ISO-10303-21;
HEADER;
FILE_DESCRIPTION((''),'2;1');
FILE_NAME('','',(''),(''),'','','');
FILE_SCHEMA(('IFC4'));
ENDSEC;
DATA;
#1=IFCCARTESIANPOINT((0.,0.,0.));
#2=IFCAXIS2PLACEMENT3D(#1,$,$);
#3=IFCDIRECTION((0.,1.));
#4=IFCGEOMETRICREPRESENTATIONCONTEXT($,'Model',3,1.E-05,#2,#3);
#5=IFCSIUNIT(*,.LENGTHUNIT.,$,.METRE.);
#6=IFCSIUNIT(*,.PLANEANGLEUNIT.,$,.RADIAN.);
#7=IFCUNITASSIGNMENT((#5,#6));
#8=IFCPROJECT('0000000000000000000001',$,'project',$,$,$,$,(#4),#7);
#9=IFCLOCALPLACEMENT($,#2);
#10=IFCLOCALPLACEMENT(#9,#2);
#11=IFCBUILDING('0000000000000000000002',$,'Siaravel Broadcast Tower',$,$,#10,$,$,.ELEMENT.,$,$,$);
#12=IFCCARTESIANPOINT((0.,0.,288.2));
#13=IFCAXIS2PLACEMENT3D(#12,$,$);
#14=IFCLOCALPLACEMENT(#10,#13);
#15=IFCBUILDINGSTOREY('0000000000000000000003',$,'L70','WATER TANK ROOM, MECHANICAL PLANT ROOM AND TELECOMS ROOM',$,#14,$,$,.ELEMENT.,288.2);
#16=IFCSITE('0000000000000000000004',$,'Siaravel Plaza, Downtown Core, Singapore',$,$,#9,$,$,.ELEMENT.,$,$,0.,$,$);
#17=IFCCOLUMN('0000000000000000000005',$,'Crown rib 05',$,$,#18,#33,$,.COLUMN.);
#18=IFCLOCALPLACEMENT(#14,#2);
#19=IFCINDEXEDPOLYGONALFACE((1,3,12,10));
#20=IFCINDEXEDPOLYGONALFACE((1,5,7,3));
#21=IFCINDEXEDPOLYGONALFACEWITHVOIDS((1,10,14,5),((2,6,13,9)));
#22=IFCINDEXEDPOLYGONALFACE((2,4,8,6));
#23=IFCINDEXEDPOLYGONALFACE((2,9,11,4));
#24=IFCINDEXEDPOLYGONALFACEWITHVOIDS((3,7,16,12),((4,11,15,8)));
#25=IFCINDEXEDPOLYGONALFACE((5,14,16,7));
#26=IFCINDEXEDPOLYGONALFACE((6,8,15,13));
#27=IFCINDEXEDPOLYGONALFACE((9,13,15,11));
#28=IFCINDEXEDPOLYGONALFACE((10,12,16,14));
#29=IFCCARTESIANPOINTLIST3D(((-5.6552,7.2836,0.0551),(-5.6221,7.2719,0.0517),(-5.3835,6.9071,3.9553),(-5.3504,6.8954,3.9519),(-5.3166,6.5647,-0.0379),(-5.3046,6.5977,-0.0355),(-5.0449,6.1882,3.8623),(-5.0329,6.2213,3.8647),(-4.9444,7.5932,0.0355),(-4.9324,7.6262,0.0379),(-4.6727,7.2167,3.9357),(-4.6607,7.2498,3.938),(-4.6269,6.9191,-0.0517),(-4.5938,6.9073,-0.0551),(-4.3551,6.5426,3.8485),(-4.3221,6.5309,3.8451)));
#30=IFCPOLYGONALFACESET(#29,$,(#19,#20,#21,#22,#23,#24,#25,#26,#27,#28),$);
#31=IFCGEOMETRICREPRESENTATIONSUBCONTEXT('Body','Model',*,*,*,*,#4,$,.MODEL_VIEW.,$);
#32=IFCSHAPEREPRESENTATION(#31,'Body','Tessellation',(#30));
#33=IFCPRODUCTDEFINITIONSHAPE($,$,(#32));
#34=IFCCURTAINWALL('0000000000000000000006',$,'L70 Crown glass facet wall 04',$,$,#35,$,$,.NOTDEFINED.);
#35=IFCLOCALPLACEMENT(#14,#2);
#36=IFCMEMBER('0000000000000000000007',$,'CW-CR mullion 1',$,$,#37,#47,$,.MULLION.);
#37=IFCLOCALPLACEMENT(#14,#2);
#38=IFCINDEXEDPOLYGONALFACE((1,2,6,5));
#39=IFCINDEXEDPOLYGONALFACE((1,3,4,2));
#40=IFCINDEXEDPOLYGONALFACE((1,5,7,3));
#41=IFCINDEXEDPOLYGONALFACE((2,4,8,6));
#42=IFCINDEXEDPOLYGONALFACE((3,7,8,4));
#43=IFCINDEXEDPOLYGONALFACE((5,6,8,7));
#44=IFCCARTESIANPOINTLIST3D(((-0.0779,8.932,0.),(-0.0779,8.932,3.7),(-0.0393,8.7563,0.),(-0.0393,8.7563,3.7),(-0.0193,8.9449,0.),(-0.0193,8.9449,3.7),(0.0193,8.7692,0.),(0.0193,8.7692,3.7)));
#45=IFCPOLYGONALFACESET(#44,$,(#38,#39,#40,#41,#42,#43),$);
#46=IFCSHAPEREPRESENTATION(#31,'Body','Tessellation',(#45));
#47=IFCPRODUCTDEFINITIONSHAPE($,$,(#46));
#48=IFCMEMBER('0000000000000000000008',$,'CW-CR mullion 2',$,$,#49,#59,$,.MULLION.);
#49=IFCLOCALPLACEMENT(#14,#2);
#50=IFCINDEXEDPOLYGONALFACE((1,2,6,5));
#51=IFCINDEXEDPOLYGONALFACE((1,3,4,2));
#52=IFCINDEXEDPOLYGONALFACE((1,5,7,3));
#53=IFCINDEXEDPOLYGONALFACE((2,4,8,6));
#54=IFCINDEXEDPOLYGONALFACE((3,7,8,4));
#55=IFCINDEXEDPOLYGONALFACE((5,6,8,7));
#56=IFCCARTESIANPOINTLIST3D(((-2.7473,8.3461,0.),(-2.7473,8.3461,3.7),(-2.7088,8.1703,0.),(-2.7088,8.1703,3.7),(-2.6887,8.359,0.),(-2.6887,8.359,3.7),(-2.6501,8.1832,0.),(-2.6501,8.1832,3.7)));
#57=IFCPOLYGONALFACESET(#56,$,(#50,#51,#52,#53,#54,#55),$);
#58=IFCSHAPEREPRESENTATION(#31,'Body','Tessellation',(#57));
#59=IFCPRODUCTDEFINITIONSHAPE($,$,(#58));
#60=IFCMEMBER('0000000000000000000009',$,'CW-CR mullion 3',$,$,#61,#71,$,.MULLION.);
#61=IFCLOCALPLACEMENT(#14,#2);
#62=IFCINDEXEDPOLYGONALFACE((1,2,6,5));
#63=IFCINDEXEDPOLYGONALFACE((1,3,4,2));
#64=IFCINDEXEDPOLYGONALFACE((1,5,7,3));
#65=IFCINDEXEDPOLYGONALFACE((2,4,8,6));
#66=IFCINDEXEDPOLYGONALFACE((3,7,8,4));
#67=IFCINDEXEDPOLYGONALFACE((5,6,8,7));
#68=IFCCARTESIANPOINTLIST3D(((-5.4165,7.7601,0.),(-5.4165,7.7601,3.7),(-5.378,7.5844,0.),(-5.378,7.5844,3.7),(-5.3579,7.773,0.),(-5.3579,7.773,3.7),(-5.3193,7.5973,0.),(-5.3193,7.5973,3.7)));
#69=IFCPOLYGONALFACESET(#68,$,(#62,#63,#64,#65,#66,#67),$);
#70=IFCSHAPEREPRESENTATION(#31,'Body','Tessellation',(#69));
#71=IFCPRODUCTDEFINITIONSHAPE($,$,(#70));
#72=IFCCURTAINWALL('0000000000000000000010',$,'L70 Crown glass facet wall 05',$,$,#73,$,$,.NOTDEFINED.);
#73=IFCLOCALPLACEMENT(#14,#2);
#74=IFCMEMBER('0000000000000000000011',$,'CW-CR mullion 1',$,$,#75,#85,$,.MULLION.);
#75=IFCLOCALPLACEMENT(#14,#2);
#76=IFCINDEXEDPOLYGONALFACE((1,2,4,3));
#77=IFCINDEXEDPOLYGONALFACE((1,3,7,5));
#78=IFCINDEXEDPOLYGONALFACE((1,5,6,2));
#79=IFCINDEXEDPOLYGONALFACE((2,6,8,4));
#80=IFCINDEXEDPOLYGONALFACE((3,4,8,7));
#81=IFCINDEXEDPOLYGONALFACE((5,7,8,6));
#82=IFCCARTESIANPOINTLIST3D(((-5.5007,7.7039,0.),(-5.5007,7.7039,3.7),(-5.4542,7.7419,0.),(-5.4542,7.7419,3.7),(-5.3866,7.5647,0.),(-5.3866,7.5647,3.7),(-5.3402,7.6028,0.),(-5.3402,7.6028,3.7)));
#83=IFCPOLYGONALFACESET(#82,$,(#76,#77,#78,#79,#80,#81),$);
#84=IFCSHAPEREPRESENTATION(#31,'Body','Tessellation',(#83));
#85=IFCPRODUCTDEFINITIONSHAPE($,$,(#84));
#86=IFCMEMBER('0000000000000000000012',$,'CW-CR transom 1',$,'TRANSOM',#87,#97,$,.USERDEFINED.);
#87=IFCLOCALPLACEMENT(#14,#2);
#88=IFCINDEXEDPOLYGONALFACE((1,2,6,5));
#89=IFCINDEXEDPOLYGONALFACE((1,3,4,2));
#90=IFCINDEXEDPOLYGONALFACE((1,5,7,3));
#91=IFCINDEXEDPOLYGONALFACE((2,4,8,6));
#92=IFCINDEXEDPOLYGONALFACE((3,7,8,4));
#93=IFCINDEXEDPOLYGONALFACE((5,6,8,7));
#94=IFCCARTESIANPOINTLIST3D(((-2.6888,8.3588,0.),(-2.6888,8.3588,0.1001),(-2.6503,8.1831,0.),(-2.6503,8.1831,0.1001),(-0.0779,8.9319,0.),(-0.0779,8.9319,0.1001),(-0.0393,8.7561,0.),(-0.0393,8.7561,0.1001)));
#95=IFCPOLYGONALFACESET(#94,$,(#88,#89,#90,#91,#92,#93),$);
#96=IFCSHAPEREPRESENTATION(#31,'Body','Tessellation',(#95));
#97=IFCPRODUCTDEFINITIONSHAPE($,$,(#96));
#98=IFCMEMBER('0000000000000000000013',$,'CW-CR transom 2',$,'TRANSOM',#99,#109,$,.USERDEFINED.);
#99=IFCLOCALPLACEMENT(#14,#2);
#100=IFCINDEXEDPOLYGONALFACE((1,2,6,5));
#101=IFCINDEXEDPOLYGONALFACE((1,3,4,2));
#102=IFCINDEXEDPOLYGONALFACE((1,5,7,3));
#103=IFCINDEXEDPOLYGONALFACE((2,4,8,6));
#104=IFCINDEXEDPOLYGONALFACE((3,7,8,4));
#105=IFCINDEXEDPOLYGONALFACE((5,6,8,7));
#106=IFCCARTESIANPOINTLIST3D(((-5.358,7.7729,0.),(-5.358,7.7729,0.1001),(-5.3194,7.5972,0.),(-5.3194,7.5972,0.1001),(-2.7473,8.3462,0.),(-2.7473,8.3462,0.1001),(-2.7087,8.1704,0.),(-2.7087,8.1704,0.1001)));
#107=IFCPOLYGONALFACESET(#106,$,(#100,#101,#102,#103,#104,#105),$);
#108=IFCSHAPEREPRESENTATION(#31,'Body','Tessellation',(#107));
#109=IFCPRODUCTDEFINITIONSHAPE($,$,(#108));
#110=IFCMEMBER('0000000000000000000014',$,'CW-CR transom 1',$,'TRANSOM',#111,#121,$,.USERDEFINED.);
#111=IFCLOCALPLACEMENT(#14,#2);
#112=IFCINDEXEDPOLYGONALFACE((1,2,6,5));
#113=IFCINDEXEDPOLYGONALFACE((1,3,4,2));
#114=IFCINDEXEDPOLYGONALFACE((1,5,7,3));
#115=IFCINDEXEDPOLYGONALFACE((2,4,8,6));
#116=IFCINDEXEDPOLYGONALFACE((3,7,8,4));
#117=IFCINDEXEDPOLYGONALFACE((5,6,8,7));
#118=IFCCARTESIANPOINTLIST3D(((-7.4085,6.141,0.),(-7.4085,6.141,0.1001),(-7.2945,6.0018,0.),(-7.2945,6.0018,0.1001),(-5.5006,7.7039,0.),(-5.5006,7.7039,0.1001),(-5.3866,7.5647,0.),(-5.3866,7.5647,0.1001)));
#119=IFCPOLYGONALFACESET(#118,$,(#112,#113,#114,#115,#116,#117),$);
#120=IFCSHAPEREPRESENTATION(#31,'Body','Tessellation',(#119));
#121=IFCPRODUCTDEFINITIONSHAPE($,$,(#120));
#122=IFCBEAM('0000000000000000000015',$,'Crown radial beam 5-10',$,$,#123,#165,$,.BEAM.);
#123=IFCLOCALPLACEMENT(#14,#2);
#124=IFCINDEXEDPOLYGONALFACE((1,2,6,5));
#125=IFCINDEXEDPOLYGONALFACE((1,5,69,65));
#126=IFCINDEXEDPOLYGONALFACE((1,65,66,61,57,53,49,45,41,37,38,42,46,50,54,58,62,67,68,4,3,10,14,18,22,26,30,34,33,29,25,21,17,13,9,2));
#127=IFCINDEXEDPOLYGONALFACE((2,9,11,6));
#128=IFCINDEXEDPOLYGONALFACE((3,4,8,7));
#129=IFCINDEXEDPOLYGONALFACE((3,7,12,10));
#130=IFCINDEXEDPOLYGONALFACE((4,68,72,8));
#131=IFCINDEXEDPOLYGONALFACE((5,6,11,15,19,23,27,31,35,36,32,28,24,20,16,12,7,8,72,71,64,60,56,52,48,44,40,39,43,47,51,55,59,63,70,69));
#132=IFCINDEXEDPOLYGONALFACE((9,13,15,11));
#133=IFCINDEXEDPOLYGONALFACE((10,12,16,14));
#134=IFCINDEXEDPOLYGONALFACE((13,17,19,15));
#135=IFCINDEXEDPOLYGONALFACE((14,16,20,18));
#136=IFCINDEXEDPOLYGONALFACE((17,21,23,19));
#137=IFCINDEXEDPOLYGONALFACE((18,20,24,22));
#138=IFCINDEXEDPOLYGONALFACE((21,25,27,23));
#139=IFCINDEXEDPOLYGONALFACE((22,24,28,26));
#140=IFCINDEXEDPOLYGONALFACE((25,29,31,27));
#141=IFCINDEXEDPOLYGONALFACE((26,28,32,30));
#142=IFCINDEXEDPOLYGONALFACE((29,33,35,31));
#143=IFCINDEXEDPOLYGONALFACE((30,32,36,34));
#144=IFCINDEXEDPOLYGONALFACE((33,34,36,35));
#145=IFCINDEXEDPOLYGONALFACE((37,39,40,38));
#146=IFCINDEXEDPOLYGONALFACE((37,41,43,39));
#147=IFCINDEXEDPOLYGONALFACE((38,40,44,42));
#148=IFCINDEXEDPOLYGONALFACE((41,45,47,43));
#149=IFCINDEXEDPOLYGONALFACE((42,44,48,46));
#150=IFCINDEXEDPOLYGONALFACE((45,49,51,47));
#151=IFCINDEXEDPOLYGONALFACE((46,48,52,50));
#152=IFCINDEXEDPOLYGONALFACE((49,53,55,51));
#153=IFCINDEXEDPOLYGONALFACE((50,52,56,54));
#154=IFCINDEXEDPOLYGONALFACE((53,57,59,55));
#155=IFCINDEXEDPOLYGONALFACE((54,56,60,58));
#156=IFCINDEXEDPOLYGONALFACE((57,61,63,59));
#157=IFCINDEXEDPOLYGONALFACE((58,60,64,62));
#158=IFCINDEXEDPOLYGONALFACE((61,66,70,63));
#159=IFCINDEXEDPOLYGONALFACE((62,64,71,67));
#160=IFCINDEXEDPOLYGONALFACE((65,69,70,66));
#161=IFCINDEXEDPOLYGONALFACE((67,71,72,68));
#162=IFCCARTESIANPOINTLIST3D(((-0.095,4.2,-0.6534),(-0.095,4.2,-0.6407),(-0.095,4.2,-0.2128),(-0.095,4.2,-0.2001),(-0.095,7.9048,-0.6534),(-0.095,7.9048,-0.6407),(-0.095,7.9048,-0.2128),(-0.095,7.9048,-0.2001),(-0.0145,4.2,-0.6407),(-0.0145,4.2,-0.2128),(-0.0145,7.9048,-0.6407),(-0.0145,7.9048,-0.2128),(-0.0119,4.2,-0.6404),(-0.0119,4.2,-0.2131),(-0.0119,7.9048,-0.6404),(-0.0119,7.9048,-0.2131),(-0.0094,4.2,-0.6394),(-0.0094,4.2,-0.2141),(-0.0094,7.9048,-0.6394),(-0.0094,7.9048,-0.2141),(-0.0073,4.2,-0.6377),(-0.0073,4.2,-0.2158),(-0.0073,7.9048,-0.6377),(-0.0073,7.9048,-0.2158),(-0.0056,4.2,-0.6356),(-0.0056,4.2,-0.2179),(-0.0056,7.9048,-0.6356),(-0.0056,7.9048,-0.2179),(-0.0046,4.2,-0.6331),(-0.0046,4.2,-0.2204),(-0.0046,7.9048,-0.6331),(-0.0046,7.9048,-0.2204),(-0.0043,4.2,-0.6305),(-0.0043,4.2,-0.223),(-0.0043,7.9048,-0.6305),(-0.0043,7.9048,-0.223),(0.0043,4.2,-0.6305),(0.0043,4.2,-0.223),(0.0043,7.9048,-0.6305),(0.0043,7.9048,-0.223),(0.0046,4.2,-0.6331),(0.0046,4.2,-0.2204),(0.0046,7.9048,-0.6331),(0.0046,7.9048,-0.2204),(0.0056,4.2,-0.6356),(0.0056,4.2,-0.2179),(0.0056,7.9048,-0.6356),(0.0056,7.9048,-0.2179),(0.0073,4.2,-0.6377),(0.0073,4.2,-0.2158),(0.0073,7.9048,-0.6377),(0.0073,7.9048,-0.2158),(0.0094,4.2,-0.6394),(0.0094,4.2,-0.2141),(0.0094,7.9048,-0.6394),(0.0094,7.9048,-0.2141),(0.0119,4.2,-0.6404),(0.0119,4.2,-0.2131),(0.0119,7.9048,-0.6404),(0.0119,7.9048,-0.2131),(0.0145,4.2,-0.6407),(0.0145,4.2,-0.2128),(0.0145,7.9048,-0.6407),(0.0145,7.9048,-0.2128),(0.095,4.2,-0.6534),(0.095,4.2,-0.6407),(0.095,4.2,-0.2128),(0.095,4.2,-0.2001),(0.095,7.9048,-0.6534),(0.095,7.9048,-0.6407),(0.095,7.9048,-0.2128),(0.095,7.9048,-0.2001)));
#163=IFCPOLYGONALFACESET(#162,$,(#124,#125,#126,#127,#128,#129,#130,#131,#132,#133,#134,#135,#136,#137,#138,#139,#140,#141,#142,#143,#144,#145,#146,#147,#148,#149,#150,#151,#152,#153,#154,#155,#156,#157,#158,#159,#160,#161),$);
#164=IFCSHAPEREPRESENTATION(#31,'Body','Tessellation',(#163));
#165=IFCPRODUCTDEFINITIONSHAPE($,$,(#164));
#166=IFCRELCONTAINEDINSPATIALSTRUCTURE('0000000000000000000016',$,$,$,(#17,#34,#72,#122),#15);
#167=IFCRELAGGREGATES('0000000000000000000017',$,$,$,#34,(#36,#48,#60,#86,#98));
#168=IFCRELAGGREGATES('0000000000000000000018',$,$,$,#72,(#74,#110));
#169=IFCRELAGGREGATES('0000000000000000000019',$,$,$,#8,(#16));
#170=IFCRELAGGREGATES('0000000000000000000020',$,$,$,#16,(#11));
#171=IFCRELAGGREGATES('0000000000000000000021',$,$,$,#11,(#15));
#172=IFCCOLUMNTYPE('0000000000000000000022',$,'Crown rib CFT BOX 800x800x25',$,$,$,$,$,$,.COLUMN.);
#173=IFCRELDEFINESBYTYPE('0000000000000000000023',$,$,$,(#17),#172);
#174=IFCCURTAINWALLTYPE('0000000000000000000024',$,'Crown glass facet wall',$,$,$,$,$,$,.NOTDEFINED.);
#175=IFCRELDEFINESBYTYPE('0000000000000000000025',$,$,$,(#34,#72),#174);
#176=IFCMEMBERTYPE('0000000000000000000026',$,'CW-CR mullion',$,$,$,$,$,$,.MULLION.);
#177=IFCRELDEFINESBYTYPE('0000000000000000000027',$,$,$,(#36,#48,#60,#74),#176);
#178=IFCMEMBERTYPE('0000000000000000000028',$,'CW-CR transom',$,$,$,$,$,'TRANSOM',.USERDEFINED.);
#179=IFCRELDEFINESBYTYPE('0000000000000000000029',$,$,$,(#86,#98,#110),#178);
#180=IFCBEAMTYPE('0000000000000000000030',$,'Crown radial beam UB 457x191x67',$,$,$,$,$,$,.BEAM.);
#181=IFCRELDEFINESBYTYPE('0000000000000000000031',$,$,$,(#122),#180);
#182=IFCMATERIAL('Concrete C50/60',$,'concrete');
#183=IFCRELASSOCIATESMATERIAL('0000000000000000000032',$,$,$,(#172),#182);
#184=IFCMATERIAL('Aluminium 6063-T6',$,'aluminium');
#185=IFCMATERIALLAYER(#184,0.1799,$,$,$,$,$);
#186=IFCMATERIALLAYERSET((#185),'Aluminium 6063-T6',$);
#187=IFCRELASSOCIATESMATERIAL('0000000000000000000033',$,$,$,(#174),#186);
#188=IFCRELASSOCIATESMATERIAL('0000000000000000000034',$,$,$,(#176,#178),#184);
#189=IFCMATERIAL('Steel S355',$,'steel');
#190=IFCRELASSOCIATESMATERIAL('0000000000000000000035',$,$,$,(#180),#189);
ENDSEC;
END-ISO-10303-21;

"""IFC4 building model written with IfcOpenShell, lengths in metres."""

from ifc_helpers import new_model, si_unit, direction, frame, origin, origin_2d, place, context, subcontext, project, spatial, rectangle, hollow_rectangle, i_section, extrude, material, layer, layer_set, material_profile, profile_set, type_object, element, aggregate, save


model = new_model("IFC4")

# Units and contexts
model_context = context("Model", 3, precision=1e-05, world=origin(), true_north=direction((0.0, 1.0)))
body_context = subcontext(model_context, "Body", "Model", "MODEL_VIEW")
ifc_project = project(units=[si_unit("LENGTHUNIT", "METRE"), si_unit("PLANEANGLEUNIT", "RADIAN")], contexts=[model_context])

# Site, building, storey
site_placement = place(None, origin())
site = spatial("IfcSite", under=ifc_project, at=site_placement, Name="Siaravel Plaza, Downtown Core, Singapore", CompositionType="ELEMENT", RefElevation=0.0)
building_placement = place(site_placement, origin())
building = spatial("IfcBuilding", under=site, at=building_placement, Name="Siaravel Broadcast Tower", CompositionType="ELEMENT")
storey_placement = place(building_placement, frame((0.0, 0.0, 288.2)))
storey = spatial("IfcBuildingStorey", under=building, at=storey_placement, Name="L70", Description="WATER TANK ROOM, MECHANICAL PLANT ROOM AND TELECOMS ROOM", CompositionType="ELEMENT", Elevation=288.2)

# Column
ifc_material_1 = material(Name="Concrete C50/60", Category="concrete")
ifc_material_profile_1 = material_profile(ifc_material_1, hollow_rectangle(XDim=0.8, YDim=0.8, WallThickness=0.0249, at=origin_2d()))
ifc_profile_set_1 = profile_set([ifc_material_profile_1], Name="Concrete C50/60")
column_type = type_object("IfcColumnType", Name="Crown rib CFT BOX 800x800x25", PredefinedType="COLUMN", material=ifc_profile_set_1)
column_placement = place(storey_placement, frame((-5.1245, 7.0955, 0.0), z_axis=(0.069183, -0.095849, 0.992989), x_axis=(0.903382, 0.428292, -0.021599)))
element("IfcColumn", 1, at=column_placement, inside=storey, type_object=column_type, Name="Crown rib 05", PredefinedType="COLUMN", context=body_context, shape_type="SweptSolid", body=[
    extrude(hollow_rectangle(XDim=0.8, YDim=0.8, WallThickness=0.0249, at=origin_2d()), origin(), (0.0, 0.0, 1.0), 3.9277),
])

# Curtain wall, members
ifc_material_2 = material(Name="Aluminium 6063-T6", Category="aluminium")
ifc_layer_1 = layer(ifc_material_2, 0.1799)
ifc_layer_set_1 = layer_set([ifc_layer_1], Name="Aluminium 6063-T6")
curtain_wall_type = type_object("IfcCurtainWallType", Name="Crown glass facet wall", PredefinedType="NOTDEFINED", material=ifc_layer_set_1)
curtain_wall_1_placement = place(storey_placement, origin())
curtain_wall_1 = element("IfcCurtainWall", 2, at=curtain_wall_1_placement, inside=storey, type_object=curtain_wall_type, Name="L70 Crown glass facet wall 04", PredefinedType="NOTDEFINED")
ifc_material_profile_2 = material_profile(ifc_material_2, rectangle(XDim=0.1799, YDim=0.0601, at=origin_2d()))
ifc_profile_set_2 = profile_set([ifc_material_profile_2], Name="Aluminium 6063-T6")
member_type_1 = type_object("IfcMemberType", Name="CW-CR mullion", PredefinedType="MULLION", material=ifc_profile_set_2)
member_1_placement = place(storey_placement, frame((-0.0293, 8.8506, 0.0), z_axis=(0.0, 0.0, 1.0), x_axis=(0.214396, -0.976747, 0.0)))
member_1 = element("IfcMember", 3, at=member_1_placement, type_object=member_type_1, Name="CW-CR mullion 1", PredefinedType="MULLION", context=body_context, shape_type="SweptSolid", body=[
    extrude(rectangle(XDim=0.1799, YDim=0.0601, at=origin_2d()), origin(), (0.0, 0.0, 1.0), 3.7),
])
member_2_placement = place(storey_placement, frame((-2.6987, 8.2646, 0.0), z_axis=(0.0, 0.0, 1.0), x_axis=(0.214396, -0.976747, 0.0)))
member_2 = element("IfcMember", 4, at=member_2_placement, type_object=member_type_1, Name="CW-CR mullion 2", PredefinedType="MULLION", context=body_context, shape_type="SweptSolid", body=[
    extrude(rectangle(XDim=0.1799, YDim=0.0601, at=origin_2d()), origin(), (0.0, 0.0, 1.0), 3.7),
])
member_3_placement = place(storey_placement, frame((-5.3679, 7.6787, 0.0), z_axis=(0.0, 0.0, 1.0), x_axis=(0.214396, -0.976747, 0.0)))
member_3 = element("IfcMember", 5, at=member_3_placement, type_object=member_type_1, Name="CW-CR mullion 3", PredefinedType="MULLION", context=body_context, shape_type="SweptSolid", body=[
    extrude(rectangle(XDim=0.1799, YDim=0.0601, at=origin_2d()), origin(), (0.0, 0.0, 1.0), 3.7),
])

# Curtain wall, member
curtain_wall_2_placement = place(storey_placement, origin())
curtain_wall_2 = element("IfcCurtainWall", 6, at=curtain_wall_2_placement, inside=storey, type_object=curtain_wall_type, Name="L70 Crown glass facet wall 05", PredefinedType="NOTDEFINED")
member_4_placement = place(storey_placement, frame((-5.4204, 7.6533, 0.0), z_axis=(0.0, 0.0, 1.0), x_axis=(0.633718, -0.773564, 0.0)))
member_4 = element("IfcMember", 7, at=member_4_placement, type_object=member_type_1, Name="CW-CR mullion 1", PredefinedType="MULLION", context=body_context, shape_type="SweptSolid", body=[
    extrude(rectangle(XDim=0.1799, YDim=0.0601, at=origin_2d()), origin(), (0.0, 0.0, 1.0), 3.7),
])

# Members
ifc_material_profile_3 = material_profile(ifc_material_2, rectangle(XDim=0.1799, YDim=0.1001, at=origin_2d()))
ifc_profile_set_3 = profile_set([ifc_material_profile_3], Name="Aluminium 6063-T6")
member_type_2 = type_object("IfcMemberType", Name="CW-CR transom", ElementType="TRANSOM", PredefinedType="USERDEFINED", material=ifc_profile_set_3)
member_5_placement = place(storey_placement, frame((-0.0586, 8.844, 0.05), z_axis=(-0.976753, -0.214367, 0.0), x_axis=(0.214367, -0.976753, 0.0)))
member_5 = element("IfcMember", 8, at=member_5_placement, type_object=member_type_2, Name="CW-CR transom 1", ObjectType="TRANSOM", PredefinedType="USERDEFINED", context=body_context, shape_type="SweptSolid", body=[
    extrude(rectangle(XDim=0.1799, YDim=0.1001, at=origin_2d()), origin(), (0.0, 0.0, 1.0), 2.6731),
])
member_6_placement = place(storey_placement, frame((-2.728, 8.2583, 0.05), z_axis=(-0.97673, -0.214473, 0.0), x_axis=(0.214473, -0.97673, 0.0)))
member_6 = element("IfcMember", 9, at=member_6_placement, type_object=member_type_2, Name="CW-CR transom 2", ObjectType="TRANSOM", PredefinedType="USERDEFINED", context=body_context, shape_type="SweptSolid", body=[
    extrude(rectangle(XDim=0.1799, YDim=0.1001, at=origin_2d()), origin(), (0.0, 0.0, 1.0), 2.6729),
])
member_7_placement = place(storey_placement, frame((-5.4436, 7.6343, 0.05), z_axis=(-0.773573, -0.633707, 0.0), x_axis=(0.633707, -0.773573, 0.0)))
member_7 = element("IfcMember", 10, at=member_7_placement, type_object=member_type_2, Name="CW-CR transom 1", ObjectType="TRANSOM", PredefinedType="USERDEFINED", context=body_context, shape_type="SweptSolid", body=[
    extrude(rectangle(XDim=0.1799, YDim=0.1001, at=origin_2d()), origin(), (0.0, 0.0, 1.0), 2.4663),
])

# Beam
ifc_material_3 = material(Name="Steel S355", Category="steel")
ifc_material_profile_4 = material_profile(ifc_material_3, i_section(OverallWidth=0.1899, OverallDepth=0.4534, WebThickness=0.0085, FlangeThickness=0.0127, FilletRadius=0.0103, at=origin_2d()))
ifc_profile_set_4 = profile_set([ifc_material_profile_4], Name="Steel S355")
beam_type_1 = type_object("IfcBeamType", Name="Crown radial beam UB 457x191x67", PredefinedType="BEAM", material=ifc_profile_set_4)
beam_1_placement = place(storey_placement, frame((0.0, 7.9048, -0.4268), z_axis=(0.0, -1.0, 0.0), x_axis=(1.0, 0.0, 0.0)))
element("IfcBeam", 11, at=beam_1_placement, inside=storey, type_object=beam_type_1, Name="Crown radial beam 5-10", PredefinedType="BEAM", context=body_context, shape_type="SweptSolid", body=[
    extrude(i_section(OverallWidth=0.1899, OverallDepth=0.4534, WebThickness=0.0085, FlangeThickness=0.0127, FilletRadius=0.0103, at=origin_2d()), origin(), (0.0, 0.0, 1.0), 3.7048),
])

aggregate(curtain_wall_1, [member_1, member_2, member_3, member_5, member_6])
aggregate(curtain_wall_2, [member_4, member_7])

save(model, "model.ifc")
